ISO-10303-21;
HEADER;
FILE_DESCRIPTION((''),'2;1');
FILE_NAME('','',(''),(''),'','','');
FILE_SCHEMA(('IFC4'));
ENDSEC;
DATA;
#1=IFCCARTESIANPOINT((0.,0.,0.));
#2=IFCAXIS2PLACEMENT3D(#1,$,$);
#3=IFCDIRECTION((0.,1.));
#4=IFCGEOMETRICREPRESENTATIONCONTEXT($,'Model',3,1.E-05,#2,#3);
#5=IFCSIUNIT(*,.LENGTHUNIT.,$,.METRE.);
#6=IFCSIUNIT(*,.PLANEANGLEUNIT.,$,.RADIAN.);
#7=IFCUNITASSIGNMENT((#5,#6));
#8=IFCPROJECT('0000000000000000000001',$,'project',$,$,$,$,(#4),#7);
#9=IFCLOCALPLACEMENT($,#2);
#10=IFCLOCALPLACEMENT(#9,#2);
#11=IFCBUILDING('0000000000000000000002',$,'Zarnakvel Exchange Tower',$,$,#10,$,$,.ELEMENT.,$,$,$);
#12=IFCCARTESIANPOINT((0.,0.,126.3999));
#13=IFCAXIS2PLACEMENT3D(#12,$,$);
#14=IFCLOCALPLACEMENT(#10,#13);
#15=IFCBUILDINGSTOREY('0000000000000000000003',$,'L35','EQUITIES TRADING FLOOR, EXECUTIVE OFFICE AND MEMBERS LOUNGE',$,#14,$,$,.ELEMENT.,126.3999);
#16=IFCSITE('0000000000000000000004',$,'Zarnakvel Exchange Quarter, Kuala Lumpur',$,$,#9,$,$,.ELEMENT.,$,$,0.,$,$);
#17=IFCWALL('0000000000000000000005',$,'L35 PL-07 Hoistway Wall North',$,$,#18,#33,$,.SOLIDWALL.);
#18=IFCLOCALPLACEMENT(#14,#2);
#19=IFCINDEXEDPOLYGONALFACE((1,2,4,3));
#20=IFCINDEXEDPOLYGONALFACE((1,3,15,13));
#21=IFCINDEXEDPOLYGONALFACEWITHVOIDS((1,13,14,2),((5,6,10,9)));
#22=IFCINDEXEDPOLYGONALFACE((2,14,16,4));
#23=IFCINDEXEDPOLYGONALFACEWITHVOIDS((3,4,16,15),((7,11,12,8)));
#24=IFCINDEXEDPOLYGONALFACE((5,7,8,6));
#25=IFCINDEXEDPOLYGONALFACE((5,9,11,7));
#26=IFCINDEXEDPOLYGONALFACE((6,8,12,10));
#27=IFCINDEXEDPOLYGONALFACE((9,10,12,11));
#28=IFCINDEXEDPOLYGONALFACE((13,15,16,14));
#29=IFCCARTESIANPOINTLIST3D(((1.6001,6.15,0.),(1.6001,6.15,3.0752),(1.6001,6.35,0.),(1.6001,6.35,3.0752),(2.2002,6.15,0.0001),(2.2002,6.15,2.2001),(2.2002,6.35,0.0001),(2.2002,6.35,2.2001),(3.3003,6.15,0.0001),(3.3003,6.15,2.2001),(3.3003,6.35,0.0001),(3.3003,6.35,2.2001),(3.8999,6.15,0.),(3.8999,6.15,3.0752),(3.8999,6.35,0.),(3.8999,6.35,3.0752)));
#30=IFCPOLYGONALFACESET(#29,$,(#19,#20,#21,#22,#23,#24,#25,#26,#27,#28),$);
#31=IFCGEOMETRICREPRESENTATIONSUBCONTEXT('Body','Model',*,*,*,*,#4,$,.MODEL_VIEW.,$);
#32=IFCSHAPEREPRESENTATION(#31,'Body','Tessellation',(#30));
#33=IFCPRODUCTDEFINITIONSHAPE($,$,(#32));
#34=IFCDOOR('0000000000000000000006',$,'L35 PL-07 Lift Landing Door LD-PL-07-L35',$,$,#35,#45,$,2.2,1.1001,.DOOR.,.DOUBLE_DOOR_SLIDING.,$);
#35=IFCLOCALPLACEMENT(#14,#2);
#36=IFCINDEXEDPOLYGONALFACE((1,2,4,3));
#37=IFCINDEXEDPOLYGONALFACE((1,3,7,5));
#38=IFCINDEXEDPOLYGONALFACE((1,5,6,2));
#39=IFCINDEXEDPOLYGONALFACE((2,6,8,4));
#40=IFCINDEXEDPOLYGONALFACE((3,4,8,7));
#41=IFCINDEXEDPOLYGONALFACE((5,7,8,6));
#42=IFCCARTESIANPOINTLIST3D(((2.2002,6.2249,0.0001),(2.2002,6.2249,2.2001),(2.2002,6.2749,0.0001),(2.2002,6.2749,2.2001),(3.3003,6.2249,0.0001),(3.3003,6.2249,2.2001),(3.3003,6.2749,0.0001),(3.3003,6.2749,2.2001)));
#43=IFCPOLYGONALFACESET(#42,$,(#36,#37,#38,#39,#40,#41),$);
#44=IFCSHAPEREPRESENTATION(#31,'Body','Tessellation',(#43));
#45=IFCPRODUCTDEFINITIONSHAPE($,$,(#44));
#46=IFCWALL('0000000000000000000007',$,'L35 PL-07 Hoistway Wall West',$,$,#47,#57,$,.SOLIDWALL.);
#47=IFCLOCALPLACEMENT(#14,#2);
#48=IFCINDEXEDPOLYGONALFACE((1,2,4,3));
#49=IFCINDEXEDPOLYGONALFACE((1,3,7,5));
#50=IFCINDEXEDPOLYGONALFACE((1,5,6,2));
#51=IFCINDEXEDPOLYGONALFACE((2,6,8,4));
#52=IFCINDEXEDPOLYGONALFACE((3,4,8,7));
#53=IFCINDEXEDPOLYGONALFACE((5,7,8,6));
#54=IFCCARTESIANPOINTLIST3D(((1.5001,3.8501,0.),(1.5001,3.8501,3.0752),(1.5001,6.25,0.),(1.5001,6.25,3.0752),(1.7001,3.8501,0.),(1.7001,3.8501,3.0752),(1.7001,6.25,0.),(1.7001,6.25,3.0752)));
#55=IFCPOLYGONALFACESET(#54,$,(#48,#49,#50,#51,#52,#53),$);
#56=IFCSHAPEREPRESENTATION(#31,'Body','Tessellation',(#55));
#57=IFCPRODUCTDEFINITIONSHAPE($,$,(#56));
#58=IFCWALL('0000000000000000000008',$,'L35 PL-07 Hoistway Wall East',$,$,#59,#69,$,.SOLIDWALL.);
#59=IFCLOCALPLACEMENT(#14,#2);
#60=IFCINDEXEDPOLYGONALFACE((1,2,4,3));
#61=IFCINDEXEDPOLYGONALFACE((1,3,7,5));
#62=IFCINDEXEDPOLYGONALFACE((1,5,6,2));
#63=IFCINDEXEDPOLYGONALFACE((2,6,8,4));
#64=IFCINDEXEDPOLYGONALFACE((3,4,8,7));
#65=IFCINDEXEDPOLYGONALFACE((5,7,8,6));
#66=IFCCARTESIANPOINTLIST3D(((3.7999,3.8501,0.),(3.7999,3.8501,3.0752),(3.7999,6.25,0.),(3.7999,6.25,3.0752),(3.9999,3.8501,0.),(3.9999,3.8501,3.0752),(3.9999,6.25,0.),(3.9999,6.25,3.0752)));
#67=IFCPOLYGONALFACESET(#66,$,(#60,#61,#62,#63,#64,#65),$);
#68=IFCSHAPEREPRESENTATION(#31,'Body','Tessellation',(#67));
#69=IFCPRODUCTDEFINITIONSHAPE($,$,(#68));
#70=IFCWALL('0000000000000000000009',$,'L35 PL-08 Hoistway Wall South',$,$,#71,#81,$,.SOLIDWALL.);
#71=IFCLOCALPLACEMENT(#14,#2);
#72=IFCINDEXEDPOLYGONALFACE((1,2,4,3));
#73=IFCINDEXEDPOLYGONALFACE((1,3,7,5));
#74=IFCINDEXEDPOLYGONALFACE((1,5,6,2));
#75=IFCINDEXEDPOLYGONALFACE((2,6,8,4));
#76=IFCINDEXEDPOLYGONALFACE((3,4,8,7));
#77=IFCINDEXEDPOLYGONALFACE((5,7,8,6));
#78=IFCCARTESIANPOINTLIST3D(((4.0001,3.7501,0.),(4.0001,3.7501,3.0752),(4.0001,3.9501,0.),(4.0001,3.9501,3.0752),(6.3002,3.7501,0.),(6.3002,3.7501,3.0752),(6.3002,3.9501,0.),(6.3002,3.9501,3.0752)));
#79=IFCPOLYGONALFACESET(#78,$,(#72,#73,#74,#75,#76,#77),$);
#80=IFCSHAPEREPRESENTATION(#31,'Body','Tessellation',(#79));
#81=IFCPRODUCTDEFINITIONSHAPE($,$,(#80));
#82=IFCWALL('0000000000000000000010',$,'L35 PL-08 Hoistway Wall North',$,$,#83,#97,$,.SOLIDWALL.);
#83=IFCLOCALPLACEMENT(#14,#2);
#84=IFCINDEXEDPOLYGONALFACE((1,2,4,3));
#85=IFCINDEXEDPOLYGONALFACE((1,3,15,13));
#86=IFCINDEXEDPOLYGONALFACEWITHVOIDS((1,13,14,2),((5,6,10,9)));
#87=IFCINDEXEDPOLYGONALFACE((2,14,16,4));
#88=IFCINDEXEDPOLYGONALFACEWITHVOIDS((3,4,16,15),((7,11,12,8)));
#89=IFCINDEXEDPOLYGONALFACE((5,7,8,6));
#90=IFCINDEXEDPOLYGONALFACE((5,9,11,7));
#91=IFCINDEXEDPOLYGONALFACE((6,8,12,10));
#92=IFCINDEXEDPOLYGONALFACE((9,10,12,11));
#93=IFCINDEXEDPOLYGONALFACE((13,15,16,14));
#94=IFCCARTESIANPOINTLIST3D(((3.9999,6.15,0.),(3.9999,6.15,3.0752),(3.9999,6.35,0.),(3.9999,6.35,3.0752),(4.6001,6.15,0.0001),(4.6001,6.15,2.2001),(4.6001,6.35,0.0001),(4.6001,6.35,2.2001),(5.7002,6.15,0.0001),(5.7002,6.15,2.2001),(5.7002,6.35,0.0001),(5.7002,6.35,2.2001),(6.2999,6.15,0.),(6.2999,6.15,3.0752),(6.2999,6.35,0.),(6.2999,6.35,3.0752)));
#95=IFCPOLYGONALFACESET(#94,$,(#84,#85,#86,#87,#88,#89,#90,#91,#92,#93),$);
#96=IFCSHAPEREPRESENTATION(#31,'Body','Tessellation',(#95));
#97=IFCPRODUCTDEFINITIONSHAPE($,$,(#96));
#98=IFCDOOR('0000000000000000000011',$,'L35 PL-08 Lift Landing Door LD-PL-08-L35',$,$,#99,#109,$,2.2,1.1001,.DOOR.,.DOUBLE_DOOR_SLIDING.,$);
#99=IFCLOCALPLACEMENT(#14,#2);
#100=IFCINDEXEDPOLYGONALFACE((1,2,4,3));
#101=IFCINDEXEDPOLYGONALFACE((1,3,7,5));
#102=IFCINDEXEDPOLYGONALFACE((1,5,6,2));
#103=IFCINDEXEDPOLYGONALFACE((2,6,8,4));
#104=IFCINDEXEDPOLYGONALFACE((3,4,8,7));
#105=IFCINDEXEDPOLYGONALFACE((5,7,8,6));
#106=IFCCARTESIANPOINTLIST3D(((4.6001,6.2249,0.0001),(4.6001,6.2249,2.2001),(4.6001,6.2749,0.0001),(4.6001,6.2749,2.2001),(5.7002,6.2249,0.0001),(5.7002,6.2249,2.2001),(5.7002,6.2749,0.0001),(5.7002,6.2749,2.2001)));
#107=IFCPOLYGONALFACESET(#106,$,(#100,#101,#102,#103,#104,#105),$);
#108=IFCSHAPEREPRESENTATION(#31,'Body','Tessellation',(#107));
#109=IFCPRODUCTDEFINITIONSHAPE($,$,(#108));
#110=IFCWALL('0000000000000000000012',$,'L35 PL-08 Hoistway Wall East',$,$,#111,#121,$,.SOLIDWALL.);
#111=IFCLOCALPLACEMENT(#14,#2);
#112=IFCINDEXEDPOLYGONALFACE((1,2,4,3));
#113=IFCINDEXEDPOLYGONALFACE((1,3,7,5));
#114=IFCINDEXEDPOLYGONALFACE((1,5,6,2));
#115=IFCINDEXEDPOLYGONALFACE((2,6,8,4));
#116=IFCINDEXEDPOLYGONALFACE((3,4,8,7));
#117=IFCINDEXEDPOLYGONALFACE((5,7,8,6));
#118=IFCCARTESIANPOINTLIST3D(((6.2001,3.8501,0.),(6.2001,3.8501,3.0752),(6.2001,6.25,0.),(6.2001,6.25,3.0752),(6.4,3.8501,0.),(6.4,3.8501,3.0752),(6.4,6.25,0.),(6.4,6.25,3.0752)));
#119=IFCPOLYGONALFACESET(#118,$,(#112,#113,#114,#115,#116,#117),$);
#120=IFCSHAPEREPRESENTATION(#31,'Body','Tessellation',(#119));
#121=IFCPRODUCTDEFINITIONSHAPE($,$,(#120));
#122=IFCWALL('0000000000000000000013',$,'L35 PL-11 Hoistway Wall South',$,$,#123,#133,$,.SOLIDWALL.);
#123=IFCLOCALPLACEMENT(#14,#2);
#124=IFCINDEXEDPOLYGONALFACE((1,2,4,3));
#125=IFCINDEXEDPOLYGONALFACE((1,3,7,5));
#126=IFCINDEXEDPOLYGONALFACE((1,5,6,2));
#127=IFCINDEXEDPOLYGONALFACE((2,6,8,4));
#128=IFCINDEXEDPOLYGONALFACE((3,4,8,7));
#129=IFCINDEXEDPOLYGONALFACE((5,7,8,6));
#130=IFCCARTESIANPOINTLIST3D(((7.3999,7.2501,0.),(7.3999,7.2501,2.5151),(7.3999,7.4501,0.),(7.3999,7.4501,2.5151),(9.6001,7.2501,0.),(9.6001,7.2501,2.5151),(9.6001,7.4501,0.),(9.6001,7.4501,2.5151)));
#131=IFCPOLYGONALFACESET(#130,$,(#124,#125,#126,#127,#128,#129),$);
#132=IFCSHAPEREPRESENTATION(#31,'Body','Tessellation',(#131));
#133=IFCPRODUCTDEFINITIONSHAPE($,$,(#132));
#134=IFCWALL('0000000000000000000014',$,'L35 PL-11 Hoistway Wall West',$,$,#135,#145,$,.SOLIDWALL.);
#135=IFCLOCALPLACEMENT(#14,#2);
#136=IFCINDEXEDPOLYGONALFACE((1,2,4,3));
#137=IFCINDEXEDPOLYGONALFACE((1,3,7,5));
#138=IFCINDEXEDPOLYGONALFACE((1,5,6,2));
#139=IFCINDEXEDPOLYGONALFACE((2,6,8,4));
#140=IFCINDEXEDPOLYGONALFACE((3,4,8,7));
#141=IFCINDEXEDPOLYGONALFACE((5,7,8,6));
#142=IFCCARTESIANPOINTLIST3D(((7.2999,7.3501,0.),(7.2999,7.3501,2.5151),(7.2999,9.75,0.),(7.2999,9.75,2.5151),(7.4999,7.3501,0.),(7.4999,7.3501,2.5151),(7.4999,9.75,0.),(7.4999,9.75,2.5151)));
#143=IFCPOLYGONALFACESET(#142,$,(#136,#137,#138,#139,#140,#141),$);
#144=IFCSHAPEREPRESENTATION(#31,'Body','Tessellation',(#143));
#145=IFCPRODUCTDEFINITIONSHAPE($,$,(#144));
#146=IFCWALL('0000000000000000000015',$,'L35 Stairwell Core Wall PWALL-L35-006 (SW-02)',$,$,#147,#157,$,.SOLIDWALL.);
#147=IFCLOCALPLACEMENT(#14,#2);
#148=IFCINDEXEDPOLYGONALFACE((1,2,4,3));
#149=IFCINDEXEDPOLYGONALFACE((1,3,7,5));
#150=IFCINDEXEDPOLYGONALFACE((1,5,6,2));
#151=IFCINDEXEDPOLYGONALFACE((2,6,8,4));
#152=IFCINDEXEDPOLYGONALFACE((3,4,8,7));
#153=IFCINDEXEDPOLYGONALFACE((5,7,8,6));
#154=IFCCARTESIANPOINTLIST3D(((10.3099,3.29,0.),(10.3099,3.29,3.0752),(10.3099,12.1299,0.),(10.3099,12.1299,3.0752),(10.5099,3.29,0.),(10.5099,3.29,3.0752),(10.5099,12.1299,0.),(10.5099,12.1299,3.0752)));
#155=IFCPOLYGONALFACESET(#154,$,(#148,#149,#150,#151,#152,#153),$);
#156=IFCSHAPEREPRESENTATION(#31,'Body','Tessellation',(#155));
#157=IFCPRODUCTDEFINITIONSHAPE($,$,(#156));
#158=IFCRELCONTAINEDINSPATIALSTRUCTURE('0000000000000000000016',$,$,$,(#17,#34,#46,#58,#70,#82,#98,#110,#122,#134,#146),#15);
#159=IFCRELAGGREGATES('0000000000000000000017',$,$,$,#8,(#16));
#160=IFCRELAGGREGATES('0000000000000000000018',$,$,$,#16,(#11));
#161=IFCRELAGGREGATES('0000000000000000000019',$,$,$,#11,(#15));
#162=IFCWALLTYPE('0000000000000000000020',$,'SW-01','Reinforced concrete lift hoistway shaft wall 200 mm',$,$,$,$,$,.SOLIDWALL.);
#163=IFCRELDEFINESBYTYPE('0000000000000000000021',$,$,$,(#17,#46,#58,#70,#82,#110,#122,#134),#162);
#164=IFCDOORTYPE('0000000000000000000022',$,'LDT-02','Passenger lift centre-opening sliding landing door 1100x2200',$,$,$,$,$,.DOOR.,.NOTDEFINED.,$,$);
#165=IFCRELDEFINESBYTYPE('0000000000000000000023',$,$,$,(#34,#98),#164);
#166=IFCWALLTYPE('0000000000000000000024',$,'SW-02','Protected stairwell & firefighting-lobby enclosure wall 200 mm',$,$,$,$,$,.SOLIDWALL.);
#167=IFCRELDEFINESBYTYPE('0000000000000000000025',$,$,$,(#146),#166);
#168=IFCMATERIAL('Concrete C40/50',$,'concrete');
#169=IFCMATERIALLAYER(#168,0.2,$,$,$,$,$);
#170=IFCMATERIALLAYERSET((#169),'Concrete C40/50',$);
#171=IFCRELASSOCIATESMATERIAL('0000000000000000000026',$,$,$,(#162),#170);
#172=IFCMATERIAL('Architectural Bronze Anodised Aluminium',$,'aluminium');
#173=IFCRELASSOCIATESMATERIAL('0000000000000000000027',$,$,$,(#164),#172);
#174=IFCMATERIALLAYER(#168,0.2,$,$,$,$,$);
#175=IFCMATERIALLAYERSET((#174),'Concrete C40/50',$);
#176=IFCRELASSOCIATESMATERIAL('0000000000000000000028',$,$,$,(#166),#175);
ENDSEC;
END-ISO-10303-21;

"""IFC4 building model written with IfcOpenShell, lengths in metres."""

from ifc_helpers import new_model, si_unit, direction, frame, frame_2d, origin, place, context, subcontext, project, spatial, rectangle, extrude, source, transform, mapped, material, layer, layer_set, type_object, element, fill, save


model = new_model("IFC4")

# Units and contexts
model_context = context("Model", 3, precision=1e-05, world=origin(), true_north=direction((0.0, 1.0)))
body_context = subcontext(model_context, "Body", "Model", "MODEL_VIEW")
ifc_project = project(units=[si_unit("LENGTHUNIT", "METRE"), si_unit("PLANEANGLEUNIT", "RADIAN")], contexts=[model_context])

# Site, building, storey
site_placement = place(None, origin())
site = spatial("IfcSite", under=ifc_project, at=site_placement, Name="Zarnakvel Exchange Quarter, Kuala Lumpur", CompositionType="ELEMENT", RefElevation=0.0)
building_placement = place(site_placement, origin())
building = spatial("IfcBuilding", under=site, at=building_placement, Name="Zarnakvel Exchange Tower", CompositionType="ELEMENT")
storey_placement = place(building_placement, frame((0.0, 0.0, 126.3999)))
storey = spatial("IfcBuildingStorey", under=building, at=storey_placement, Name="L35", Description="EQUITIES TRADING FLOOR, EXECUTIVE OFFICE AND MEMBERS LOUNGE", CompositionType="ELEMENT", Elevation=126.3999)

# Shared definitions
ifc_material_1 = material(Name="Concrete C40/50", Category="concrete")
ifc_layer_1 = layer(ifc_material_1, 0.2)
ifc_layer_set_1 = layer_set([ifc_layer_1], Name="Concrete C40/50")
wall_type_1 = type_object("IfcWallType", Name="SW-01", Description="Reinforced concrete lift hoistway shaft wall 200 mm", PredefinedType="SOLIDWALL", material=ifc_layer_set_1)
shared_shape_1 = source(origin(), body_context, "Body", "SweptSolid", [
    extrude(rectangle(XDim=1.1001, YDim=2.2, at=frame_2d((0.55, 1.1001))), frame((0.0, 0.0249, 0.0), z_axis=(0.0, -1.0, 0.0), x_axis=(1.0, 0.0, 0.0)), (0.0, 0.0, 1.0), 0.05),
])

# Wall, opening, door
wall_1_placement = place(storey_placement, frame((1.6001, 6.25, 0.0), z_axis=(0.0, 0.0, 1.0), x_axis=(1.0, 0.0, 0.0)))
wall_1 = element("IfcWall", 1, at=wall_1_placement, inside=storey, type_object=wall_type_1, Name="L35 PL-07 Hoistway Wall North", PredefinedType="SOLIDWALL", context=body_context, shape_type="SweptSolid", body=[
    extrude(rectangle(XDim=2.2998, YDim=0.2, at=frame_2d((1.1499, 0.0))), origin(), (0.0, 0.0, 1.0), 3.0752),
])
opening_1_placement = place(wall_1_placement, frame((0.6001, 0.0, 0.0)))
opening_1 = element("IfcOpeningElement", 2, at=opening_1_placement, cuts=wall_1, PredefinedType="OPENING", context=body_context, shape_type="SweptSolid", body=[
    extrude(rectangle(XDim=1.1001, YDim=2.2, at=frame_2d((0.55, 1.1001))), frame((0.0, 0.1099, 0.0), z_axis=(0.0, -1.0, 0.0), x_axis=(1.0, 0.0, 0.0)), (0.0, 0.0, 1.0), 0.22),
])
ifc_material_2 = material(Name="Architectural Bronze Anodised Aluminium", Category="aluminium")
door_type_1 = type_object("IfcDoorType", Name="LDT-02", Description="Passenger lift centre-opening sliding landing door 1100x2200", OperationType="NOTDEFINED", PredefinedType="DOOR", material=ifc_material_2)
door_1_placement = place(opening_1_placement, origin())
door_1 = element("IfcDoor", 3, at=door_1_placement, inside=storey, type_object=door_type_1, Name="L35 PL-07 Lift Landing Door LD-PL-07-L35", OperationType="DOUBLE_DOOR_SLIDING", OverallHeight=2.2, OverallWidth=1.1001, PredefinedType="DOOR", context=body_context, shape_type="MappedRepresentation", body=[
    mapped(shared_shape_1, transform((0.0, 0.0, 0.0), x_axis=(1.0, 0.0, 0.0), y_axis=(0.0, 1.0, 0.0), z_axis=(0.0, 0.0, 1.0), scale=1.0)),
])
fill(opening_1, door_1)

# Walls
for number, where, z_axis, x_axis, name in (
    (4, (1.6001, 3.8501, 0.0), (0.0, 0.0, 1.0), (0.0, 1.0, 0.0), "L35 PL-07 Hoistway Wall West"),
    (5, (3.8999, 6.25, 0.0), (0.0, 0.0, 1.0), (0.0, -1.0, 0.0), "L35 PL-07 Hoistway Wall East"),
):
    element("IfcWall", number, at=place(storey_placement, frame(where, z_axis=z_axis, x_axis=x_axis)), inside=storey, type_object=wall_type_1, Name=name, PredefinedType="SOLIDWALL", context=body_context, shape_type="SweptSolid", body=[
        extrude(rectangle(XDim=2.3999, YDim=0.2, at=frame_2d((1.2, 0.0))), origin(), (0.0, 0.0, 1.0), 3.0752),
    ])
wall_2_placement = place(storey_placement, frame((6.3, 3.8501, 0.0), z_axis=(0.0, 0.0, 1.0), x_axis=(-1.0, 0.0, 0.0)))
element("IfcWall", 6, at=wall_2_placement, inside=storey, type_object=wall_type_1, Name="L35 PL-08 Hoistway Wall South", PredefinedType="SOLIDWALL", context=body_context, shape_type="SweptSolid", body=[
    extrude(rectangle(XDim=2.3, YDim=0.2, at=frame_2d((1.1499, 0.0))), origin(), (0.0, 0.0, 1.0), 3.0752),
])

# Wall, opening, door
wall_3_placement = place(storey_placement, frame((4.0, 6.25, 0.0), z_axis=(0.0, 0.0, 1.0), x_axis=(1.0, 0.0, 0.0)))
wall_3 = element("IfcWall", 7, at=wall_3_placement, inside=storey, type_object=wall_type_1, Name="L35 PL-08 Hoistway Wall North", PredefinedType="SOLIDWALL", context=body_context, shape_type="SweptSolid", body=[
    extrude(rectangle(XDim=2.3, YDim=0.2, at=frame_2d((1.1499, 0.0))), origin(), (0.0, 0.0, 1.0), 3.0752),
])
opening_2_placement = place(wall_3_placement, frame((0.6001, 0.0, 0.0)))
opening_2 = element("IfcOpeningElement", 8, at=opening_2_placement, cuts=wall_3, PredefinedType="OPENING", context=body_context, shape_type="SweptSolid", body=[
    extrude(rectangle(XDim=1.1001, YDim=2.2, at=frame_2d((0.55, 1.1001))), frame((0.0, 0.1099, 0.0), z_axis=(0.0, -1.0, 0.0), x_axis=(1.0, 0.0, 0.0)), (0.0, 0.0, 1.0), 0.22),
])
door_2_placement = place(opening_2_placement, origin())
door_2 = element("IfcDoor", 9, at=door_2_placement, inside=storey, type_object=door_type_1, Name="L35 PL-08 Lift Landing Door LD-PL-08-L35", OperationType="DOUBLE_DOOR_SLIDING", OverallHeight=2.2, OverallWidth=1.1001, PredefinedType="DOOR", context=body_context, shape_type="MappedRepresentation", body=[
    mapped(shared_shape_1, transform((0.0, 0.0, 0.0), x_axis=(1.0, 0.0, 0.0), y_axis=(0.0, 1.0, 0.0), z_axis=(0.0, 0.0, 1.0), scale=1.0)),
])
fill(opening_2, door_2)

# Walls
wall_4_placement = place(storey_placement, frame((6.3, 6.25, 0.0), z_axis=(0.0, 0.0, 1.0), x_axis=(0.0, -1.0, 0.0)))
element("IfcWall", 10, at=wall_4_placement, inside=storey, type_object=wall_type_1, Name="L35 PL-08 Hoistway Wall East", PredefinedType="SOLIDWALL", context=body_context, shape_type="SweptSolid", body=[
    extrude(rectangle(XDim=2.3999, YDim=0.2, at=frame_2d((1.2, 0.0))), origin(), (0.0, 0.0, 1.0), 3.0752),
])
wall_5_placement = place(storey_placement, frame((9.6001, 7.3501, 0.0), z_axis=(0.0, 0.0, 1.0), x_axis=(-1.0, 0.0, 0.0)))
element("IfcWall", 11, at=wall_5_placement, inside=storey, type_object=wall_type_1, Name="L35 PL-11 Hoistway Wall South", PredefinedType="SOLIDWALL", context=body_context, shape_type="SweptSolid", body=[
    extrude(rectangle(XDim=2.2002, YDim=0.2, at=frame_2d((1.1001, 0.0))), origin(), (0.0, 0.0, 1.0), 2.5151),
])
wall_6_placement = place(storey_placement, frame((7.3999, 7.3501, 0.0), z_axis=(0.0, 0.0, 1.0), x_axis=(0.0, 1.0, 0.0)))
element("IfcWall", 12, at=wall_6_placement, inside=storey, type_object=wall_type_1, Name="L35 PL-11 Hoistway Wall West", PredefinedType="SOLIDWALL", context=body_context, shape_type="SweptSolid", body=[
    extrude(rectangle(XDim=2.3999, YDim=0.2, at=frame_2d((1.2, 0.0))), origin(), (0.0, 0.0, 1.0), 2.5151),
])
ifc_layer_2 = layer(ifc_material_1, 0.2)
ifc_layer_set_2 = layer_set([ifc_layer_2], Name="Concrete C40/50")
wall_type_2 = type_object("IfcWallType", Name="SW-02", Description="Protected stairwell & firefighting-lobby enclosure wall 200 mm", PredefinedType="SOLIDWALL", material=ifc_layer_set_2)
wall_7_placement = place(storey_placement, frame((10.4099, 3.29, 0.0), z_axis=(0.0, 0.0, 1.0), x_axis=(0.0, 1.0, 0.0)))
element("IfcWall", 13, at=wall_7_placement, inside=storey, type_object=wall_type_2, Name="L35 Stairwell Core Wall PWALL-L35-006 (SW-02)", PredefinedType="SOLIDWALL", context=body_context, shape_type="SweptSolid", body=[
    extrude(rectangle(XDim=8.8398, YDim=0.2, at=frame_2d((4.4199, 0.0))), origin(), (0.0, 0.0, 1.0), 3.0752),
])

save(model, "model.ifc")
